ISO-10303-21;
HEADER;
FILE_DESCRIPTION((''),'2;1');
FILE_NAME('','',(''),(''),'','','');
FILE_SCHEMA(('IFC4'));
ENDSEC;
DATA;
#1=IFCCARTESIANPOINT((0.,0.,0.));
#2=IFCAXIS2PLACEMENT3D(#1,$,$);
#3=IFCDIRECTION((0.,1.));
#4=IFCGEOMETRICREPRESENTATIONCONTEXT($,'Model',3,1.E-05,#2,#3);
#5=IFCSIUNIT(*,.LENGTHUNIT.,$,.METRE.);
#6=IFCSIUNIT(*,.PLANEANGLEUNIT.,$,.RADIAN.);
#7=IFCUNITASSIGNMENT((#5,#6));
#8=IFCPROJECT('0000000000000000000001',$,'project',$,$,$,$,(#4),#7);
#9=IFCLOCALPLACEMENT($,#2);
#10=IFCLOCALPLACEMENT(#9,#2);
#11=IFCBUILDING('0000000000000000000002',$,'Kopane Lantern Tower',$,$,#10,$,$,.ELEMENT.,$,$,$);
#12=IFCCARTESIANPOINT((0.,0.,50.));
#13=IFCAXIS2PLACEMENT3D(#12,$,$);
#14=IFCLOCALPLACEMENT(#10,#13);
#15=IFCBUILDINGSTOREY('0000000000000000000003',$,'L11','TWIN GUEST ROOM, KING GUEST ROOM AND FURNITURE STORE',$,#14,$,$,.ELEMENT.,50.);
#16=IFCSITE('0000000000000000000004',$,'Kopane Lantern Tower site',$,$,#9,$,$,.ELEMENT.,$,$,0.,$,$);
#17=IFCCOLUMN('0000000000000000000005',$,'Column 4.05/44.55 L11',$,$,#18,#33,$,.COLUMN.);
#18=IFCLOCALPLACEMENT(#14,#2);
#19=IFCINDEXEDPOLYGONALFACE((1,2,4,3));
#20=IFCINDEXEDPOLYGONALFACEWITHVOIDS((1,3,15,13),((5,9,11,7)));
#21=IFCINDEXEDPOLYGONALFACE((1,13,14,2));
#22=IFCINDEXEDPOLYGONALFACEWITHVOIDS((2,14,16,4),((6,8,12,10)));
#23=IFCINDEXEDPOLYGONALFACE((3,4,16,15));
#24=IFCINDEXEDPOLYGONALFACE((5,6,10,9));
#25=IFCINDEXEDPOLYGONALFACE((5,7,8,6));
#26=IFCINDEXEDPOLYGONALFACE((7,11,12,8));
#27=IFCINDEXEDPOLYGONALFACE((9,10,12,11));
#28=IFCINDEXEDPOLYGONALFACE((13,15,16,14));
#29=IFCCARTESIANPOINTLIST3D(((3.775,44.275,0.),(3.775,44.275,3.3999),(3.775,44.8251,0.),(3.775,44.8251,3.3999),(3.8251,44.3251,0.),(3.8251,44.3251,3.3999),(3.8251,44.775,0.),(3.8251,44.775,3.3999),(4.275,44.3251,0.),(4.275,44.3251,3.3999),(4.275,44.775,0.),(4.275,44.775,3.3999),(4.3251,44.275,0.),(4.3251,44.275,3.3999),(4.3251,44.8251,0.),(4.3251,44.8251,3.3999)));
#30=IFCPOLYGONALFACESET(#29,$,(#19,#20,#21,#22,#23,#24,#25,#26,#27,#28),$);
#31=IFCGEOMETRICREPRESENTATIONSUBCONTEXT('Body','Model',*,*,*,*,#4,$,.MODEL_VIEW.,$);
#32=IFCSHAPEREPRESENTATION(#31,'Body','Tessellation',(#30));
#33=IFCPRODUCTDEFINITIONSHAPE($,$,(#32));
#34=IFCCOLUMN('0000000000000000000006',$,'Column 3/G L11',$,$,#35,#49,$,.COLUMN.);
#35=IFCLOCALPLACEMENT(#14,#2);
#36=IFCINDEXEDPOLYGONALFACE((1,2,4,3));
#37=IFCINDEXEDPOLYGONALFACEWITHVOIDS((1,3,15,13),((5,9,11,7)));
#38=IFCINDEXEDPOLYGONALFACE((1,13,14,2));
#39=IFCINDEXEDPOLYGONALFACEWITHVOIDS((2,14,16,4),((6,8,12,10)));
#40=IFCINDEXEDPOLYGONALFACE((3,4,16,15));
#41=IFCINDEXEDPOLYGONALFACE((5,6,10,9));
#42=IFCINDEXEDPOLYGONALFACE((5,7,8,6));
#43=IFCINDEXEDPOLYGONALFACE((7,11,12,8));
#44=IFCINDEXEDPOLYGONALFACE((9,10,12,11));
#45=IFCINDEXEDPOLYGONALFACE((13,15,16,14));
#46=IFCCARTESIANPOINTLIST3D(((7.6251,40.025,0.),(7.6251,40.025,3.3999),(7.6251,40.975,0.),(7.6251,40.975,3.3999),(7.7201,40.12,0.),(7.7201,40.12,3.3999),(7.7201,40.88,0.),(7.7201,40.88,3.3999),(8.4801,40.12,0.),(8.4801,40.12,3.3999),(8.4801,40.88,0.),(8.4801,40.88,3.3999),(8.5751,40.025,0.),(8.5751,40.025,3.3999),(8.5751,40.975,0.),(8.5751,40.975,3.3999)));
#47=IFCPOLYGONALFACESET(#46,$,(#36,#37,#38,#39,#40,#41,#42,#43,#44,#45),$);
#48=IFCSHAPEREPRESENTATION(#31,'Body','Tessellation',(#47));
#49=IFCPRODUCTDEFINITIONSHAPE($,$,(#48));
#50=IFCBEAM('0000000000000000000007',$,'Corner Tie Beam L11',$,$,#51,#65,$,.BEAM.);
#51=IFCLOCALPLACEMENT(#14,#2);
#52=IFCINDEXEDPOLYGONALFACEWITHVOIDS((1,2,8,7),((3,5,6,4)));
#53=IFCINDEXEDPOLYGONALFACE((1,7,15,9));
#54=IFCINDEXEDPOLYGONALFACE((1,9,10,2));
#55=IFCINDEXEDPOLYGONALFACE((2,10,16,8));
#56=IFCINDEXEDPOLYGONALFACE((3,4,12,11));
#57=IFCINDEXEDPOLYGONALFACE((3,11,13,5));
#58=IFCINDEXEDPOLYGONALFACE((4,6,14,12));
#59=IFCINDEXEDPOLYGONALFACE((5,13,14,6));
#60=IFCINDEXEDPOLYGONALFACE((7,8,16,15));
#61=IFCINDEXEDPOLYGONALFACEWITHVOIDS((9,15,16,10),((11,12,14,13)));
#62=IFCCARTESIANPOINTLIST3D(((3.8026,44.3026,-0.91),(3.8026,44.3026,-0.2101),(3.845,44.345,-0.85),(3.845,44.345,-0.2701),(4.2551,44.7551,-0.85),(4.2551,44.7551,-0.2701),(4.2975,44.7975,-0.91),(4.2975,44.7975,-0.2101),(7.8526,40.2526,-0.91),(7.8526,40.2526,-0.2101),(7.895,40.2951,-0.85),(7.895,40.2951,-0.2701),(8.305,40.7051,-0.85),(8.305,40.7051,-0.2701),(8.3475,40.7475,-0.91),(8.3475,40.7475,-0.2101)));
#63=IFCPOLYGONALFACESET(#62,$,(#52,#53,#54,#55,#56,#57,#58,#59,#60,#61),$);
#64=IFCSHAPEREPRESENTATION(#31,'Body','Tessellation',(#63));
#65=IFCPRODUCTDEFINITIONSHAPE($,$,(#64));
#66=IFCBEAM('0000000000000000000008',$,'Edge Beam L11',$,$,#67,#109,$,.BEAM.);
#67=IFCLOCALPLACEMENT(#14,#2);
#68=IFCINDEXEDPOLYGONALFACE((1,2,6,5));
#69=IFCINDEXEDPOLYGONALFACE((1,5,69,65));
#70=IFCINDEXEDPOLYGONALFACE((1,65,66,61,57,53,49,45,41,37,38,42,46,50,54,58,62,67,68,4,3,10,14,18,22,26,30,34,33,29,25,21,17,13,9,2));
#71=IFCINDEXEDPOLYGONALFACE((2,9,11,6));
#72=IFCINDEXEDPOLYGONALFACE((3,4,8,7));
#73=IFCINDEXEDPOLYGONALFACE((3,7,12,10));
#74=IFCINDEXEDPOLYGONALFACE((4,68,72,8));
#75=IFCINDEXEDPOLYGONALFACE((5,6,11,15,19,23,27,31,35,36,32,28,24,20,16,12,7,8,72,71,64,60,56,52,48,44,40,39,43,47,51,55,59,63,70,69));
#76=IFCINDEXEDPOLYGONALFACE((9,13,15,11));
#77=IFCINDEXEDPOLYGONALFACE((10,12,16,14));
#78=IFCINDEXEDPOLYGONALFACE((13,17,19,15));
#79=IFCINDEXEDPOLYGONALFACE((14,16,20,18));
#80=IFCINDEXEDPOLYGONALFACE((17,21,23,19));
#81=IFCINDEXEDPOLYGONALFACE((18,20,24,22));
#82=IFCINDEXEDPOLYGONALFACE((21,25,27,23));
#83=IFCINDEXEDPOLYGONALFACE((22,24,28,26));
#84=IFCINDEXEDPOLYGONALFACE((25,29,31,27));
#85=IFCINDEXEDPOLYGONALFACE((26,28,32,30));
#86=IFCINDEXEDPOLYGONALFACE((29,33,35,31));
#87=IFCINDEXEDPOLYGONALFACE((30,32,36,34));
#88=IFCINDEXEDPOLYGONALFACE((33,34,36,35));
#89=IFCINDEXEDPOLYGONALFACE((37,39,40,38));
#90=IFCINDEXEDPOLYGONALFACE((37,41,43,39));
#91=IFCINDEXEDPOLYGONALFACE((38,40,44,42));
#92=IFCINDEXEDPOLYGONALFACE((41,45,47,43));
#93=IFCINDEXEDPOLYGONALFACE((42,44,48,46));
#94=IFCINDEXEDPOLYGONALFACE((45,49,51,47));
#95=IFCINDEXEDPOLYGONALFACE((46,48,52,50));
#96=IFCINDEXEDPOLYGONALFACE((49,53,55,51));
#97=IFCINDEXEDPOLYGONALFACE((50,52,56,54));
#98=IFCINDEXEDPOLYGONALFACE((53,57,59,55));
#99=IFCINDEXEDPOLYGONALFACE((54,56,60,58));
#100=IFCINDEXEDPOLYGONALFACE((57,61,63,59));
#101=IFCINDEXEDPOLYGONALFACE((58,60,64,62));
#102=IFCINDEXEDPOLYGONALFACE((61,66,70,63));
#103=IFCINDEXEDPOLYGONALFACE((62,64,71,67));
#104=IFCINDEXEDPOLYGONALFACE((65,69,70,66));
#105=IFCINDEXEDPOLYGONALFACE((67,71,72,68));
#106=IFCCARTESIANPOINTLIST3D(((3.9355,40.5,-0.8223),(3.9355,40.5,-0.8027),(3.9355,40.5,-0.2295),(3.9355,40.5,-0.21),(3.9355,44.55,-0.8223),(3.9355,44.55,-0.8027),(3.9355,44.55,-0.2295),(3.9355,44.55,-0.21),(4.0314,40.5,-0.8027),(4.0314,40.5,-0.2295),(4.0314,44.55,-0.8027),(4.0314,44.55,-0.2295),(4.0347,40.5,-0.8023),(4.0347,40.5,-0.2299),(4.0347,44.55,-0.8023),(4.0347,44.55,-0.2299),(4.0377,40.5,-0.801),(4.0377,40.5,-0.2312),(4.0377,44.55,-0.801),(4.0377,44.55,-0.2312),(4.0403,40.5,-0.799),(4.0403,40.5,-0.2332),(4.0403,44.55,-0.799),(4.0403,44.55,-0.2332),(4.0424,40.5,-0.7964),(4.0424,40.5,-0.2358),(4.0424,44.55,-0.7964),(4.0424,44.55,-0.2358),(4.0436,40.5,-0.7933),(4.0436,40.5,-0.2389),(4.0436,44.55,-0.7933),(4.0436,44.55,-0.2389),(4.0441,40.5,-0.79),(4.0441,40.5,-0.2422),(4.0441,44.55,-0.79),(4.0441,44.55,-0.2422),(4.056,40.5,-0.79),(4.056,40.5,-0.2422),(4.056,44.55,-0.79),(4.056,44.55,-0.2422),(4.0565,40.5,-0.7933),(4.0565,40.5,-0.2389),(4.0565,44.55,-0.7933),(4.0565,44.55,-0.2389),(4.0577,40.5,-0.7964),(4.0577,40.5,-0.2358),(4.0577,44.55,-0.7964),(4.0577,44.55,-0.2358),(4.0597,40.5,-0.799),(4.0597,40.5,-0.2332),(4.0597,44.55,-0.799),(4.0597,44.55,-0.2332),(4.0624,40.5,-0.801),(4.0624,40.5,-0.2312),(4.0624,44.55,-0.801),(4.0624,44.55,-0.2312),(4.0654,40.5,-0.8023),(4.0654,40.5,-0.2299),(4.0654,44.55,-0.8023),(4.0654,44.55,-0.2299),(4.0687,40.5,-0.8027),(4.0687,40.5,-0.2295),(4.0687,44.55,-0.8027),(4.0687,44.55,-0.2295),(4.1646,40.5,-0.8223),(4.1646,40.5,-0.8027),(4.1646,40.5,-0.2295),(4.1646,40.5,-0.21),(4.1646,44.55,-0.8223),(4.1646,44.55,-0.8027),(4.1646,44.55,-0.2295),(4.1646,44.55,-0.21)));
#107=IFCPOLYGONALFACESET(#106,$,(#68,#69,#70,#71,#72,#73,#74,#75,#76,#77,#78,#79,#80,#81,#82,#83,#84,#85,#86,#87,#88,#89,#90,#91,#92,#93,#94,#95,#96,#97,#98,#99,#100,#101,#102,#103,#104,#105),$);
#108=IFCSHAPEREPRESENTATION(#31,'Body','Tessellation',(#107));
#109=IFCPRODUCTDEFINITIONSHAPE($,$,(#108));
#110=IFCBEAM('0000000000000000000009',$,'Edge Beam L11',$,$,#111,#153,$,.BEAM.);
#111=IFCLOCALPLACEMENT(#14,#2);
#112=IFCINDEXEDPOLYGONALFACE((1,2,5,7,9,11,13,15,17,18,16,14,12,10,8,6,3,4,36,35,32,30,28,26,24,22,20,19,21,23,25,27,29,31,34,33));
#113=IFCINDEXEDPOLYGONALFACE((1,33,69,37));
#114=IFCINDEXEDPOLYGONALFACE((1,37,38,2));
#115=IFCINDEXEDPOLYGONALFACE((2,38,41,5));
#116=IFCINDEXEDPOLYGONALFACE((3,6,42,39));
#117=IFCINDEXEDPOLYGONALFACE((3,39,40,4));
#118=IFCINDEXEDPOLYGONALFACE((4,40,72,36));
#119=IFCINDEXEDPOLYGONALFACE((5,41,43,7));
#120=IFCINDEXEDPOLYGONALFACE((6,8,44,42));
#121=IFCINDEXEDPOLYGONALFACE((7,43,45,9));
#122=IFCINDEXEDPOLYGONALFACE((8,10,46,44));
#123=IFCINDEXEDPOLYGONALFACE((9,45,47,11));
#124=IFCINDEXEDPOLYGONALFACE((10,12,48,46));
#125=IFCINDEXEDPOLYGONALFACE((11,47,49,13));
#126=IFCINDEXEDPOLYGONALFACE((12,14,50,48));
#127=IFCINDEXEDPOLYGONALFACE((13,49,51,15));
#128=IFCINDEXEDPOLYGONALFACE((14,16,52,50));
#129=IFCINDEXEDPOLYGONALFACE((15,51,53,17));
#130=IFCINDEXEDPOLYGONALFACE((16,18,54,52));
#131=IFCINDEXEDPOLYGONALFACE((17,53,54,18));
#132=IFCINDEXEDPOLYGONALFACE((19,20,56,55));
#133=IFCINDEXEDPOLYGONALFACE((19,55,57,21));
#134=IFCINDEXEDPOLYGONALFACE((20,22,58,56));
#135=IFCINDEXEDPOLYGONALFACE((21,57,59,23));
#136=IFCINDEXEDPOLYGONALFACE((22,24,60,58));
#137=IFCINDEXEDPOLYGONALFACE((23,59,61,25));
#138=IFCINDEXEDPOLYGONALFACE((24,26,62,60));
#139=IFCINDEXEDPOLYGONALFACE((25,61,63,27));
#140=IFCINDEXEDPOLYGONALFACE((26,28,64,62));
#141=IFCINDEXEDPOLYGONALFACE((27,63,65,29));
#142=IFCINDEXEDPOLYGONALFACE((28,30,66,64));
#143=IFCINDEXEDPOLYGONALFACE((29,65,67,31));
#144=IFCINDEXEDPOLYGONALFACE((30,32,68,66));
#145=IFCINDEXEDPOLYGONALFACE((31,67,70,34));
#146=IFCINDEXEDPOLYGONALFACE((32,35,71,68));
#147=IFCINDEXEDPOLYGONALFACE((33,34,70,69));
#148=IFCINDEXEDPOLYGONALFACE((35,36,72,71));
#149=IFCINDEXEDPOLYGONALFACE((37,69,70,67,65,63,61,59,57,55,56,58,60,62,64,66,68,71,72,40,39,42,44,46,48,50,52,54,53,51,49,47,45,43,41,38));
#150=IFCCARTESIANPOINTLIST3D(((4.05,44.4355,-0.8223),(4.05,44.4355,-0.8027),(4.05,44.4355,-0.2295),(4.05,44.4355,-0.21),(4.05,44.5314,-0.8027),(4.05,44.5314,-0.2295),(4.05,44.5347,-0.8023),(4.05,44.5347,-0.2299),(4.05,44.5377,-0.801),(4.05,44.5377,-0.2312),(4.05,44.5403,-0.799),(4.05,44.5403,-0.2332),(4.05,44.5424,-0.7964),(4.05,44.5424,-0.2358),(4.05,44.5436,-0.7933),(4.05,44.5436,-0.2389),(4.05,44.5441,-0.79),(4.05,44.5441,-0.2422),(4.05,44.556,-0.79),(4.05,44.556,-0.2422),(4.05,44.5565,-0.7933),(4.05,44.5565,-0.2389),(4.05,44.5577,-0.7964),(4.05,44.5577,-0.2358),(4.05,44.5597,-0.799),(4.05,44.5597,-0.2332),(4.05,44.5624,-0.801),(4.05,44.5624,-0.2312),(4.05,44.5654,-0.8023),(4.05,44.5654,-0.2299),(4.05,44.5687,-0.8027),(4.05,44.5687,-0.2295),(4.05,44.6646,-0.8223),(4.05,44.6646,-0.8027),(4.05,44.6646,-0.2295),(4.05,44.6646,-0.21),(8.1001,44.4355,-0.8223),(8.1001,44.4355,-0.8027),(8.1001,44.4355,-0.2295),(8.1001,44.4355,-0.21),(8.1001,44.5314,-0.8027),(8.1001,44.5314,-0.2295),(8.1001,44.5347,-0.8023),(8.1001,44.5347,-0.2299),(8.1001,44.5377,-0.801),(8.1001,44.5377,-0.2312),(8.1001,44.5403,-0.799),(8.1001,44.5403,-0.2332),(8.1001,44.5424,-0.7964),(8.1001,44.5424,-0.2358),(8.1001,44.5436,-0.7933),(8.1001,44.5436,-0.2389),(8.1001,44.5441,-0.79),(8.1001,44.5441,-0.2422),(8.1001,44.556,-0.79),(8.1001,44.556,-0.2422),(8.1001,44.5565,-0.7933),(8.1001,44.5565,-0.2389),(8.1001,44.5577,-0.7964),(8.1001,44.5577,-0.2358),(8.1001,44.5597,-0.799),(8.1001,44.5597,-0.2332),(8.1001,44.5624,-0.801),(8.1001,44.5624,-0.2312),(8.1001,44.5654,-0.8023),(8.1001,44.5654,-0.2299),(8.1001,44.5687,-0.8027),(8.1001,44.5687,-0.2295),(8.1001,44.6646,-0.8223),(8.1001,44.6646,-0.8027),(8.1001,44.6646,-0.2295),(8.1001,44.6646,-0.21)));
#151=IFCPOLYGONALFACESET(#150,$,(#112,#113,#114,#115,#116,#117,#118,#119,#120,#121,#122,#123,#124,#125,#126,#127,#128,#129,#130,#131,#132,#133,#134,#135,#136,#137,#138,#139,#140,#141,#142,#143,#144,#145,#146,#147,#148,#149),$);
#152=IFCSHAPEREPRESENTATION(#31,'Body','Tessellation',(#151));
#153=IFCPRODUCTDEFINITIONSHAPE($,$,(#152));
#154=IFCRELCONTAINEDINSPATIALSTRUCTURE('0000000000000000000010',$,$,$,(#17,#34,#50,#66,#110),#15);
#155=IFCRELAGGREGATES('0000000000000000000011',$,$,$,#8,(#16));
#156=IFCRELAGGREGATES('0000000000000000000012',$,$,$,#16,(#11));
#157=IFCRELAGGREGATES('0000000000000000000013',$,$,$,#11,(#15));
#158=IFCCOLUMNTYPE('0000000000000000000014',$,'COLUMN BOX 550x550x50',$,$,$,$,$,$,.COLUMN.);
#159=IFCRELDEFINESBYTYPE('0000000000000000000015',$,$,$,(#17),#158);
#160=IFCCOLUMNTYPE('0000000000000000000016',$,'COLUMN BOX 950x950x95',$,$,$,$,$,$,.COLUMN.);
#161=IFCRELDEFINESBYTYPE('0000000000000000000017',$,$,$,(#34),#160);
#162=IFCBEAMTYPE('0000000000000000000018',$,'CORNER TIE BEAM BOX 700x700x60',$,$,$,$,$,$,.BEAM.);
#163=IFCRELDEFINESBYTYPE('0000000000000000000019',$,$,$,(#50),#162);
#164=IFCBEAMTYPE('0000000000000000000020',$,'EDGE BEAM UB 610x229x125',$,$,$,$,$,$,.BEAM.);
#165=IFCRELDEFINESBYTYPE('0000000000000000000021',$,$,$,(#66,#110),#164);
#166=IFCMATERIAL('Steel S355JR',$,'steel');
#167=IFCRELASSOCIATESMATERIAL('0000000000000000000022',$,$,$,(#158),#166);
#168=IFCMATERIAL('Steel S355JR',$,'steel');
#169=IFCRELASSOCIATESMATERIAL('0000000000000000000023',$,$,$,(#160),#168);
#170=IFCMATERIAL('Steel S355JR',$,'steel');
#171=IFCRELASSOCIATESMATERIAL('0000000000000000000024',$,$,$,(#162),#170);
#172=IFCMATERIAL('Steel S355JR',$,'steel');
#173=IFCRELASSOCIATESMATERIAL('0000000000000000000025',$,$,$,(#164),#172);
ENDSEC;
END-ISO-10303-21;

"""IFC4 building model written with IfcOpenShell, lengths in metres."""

from ifc_helpers import new_model, si_unit, direction, frame, origin, origin_2d, place, context, subcontext, project, spatial, hollow_rectangle, i_section, extrude, material, material_profile, profile_set, type_object, element, save


model = new_model("IFC4")

# Units and contexts
model_context = context("Model", 3, precision=1e-05, world=origin(), true_north=direction((0.0, 1.0)))
body_context = subcontext(model_context, "Body", "Model", "MODEL_VIEW")
ifc_project = project(units=[si_unit("LENGTHUNIT", "METRE"), si_unit("PLANEANGLEUNIT", "RADIAN")], contexts=[model_context])

# Site, building, storey
site_placement = place(None, origin())
site = spatial("IfcSite", under=ifc_project, at=site_placement, Name="Kopane Lantern Tower site", CompositionType="ELEMENT", RefElevation=0.0)
building_placement = place(site_placement, origin())
building = spatial("IfcBuilding", under=site, at=building_placement, Name="Kopane Lantern Tower", CompositionType="ELEMENT")
storey_placement = place(building_placement, frame((0.0, 0.0, 50.0)))
storey = spatial("IfcBuildingStorey", under=building, at=storey_placement, Name="L11", Description="TWIN GUEST ROOM, KING GUEST ROOM AND FURNITURE STORE", CompositionType="ELEMENT", Elevation=50.0)

# Columns
ifc_material_1 = material(Name="Steel S355JR", Category="steel")
ifc_material_profile_1 = material_profile(ifc_material_1, hollow_rectangle(XDim=0.55, YDim=0.55, WallThickness=0.05, at=origin_2d()), Name="BOX 550x550x50")
ifc_profile_set_1 = profile_set([ifc_material_profile_1], Name="Steel S355JR")
column_type_1 = type_object("IfcColumnType", Name="COLUMN BOX 550x550x50", PredefinedType="COLUMN", material=ifc_profile_set_1)
column_1_placement = place(storey_placement, frame((4.05, 44.55, 0.0), z_axis=(0.0, 0.0, 1.0), x_axis=(1.0, 0.0, 0.0)))
element("IfcColumn", 1, at=column_1_placement, inside=storey, type_object=column_type_1, Name="Column 4.05/44.55 L11", PredefinedType="COLUMN", context=body_context, shape_type="SweptSolid", body=[
    extrude(hollow_rectangle(XDim=0.55, YDim=0.55, WallThickness=0.05, at=origin_2d()), origin(), (0.0, 0.0, 1.0), 3.3999),
])
ifc_material_2 = material(Name="Steel S355JR", Category="steel")
ifc_material_profile_2 = material_profile(ifc_material_2, hollow_rectangle(XDim=0.95, YDim=0.95, WallThickness=0.095, at=origin_2d()), Name="BOX 950x950x95")
ifc_profile_set_2 = profile_set([ifc_material_profile_2], Name="Steel S355JR")
column_type_2 = type_object("IfcColumnType", Name="COLUMN BOX 950x950x95", PredefinedType="COLUMN", material=ifc_profile_set_2)
column_2_placement = place(storey_placement, frame((8.1001, 40.5, 0.0), z_axis=(0.0, 0.0, 1.0), x_axis=(1.0, 0.0, 0.0)))
element("IfcColumn", 2, at=column_2_placement, inside=storey, type_object=column_type_2, Name="Column 3/G L11", PredefinedType="COLUMN", context=body_context, shape_type="SweptSolid", body=[
    extrude(hollow_rectangle(XDim=0.95, YDim=0.95, WallThickness=0.095, at=origin_2d()), origin(), (0.0, 0.0, 1.0), 3.3999),
])

# Beams
ifc_material_3 = material(Name="Steel S355JR", Category="steel")
ifc_material_profile_3 = material_profile(ifc_material_3, hollow_rectangle(XDim=0.7, YDim=0.7, WallThickness=0.0601, at=origin_2d()), Name="BOX 700x700x60")
ifc_profile_set_3 = profile_set([ifc_material_profile_3], Name="Steel S355JR")
beam_type_1 = type_object("IfcBeamType", Name="CORNER TIE BEAM BOX 700x700x60", PredefinedType="BEAM", material=ifc_profile_set_3)
beam_1_placement = place(storey_placement, frame((4.05, 44.55, -0.5601), z_axis=(0.707107, -0.707107, 0.0), x_axis=(0.707107, 0.707107, 0.0)))
element("IfcBeam", 3, at=beam_1_placement, inside=storey, type_object=beam_type_1, Name="Corner Tie Beam L11", PredefinedType="BEAM", context=body_context, shape_type="SweptSolid", body=[
    extrude(hollow_rectangle(XDim=0.7, YDim=0.7, WallThickness=0.0601, at=origin_2d()), origin(), (0.0, 0.0, 1.0), 5.7275),
])
ifc_material_4 = material(Name="Steel S355JR", Category="steel")
ifc_material_profile_4 = material_profile(ifc_material_4, i_section(OverallWidth=0.229, OverallDepth=0.6123, WebThickness=0.012, FlangeThickness=0.0195, FilletRadius=0.0127, at=origin_2d()), Name="UB 610x229x125")
ifc_profile_set_4 = profile_set([ifc_material_profile_4], Name="Steel S355JR")
beam_type_2 = type_object("IfcBeamType", Name="EDGE BEAM UB 610x229x125", PredefinedType="BEAM", material=ifc_profile_set_4)
for number, where, z_axis, x_axis, name in (
    (4, (4.05, 44.55, -0.5161), (0.0, -1.0, 0.0), (1.0, 0.0, 0.0), "Edge Beam L11"),
    (5, (4.05, 44.55, -0.5161), (1.0, 0.0, 0.0), (0.0, 1.0, 0.0), "Edge Beam L11"),
):
    element("IfcBeam", number, at=place(storey_placement, frame(where, z_axis=z_axis, x_axis=x_axis)), inside=storey, type_object=beam_type_2, Name=name, PredefinedType="BEAM", context=body_context, shape_type="SweptSolid", body=[
        extrude(i_section(OverallWidth=0.229, OverallDepth=0.6123, WebThickness=0.012, FlangeThickness=0.0195, FilletRadius=0.0127, at=origin_2d()), origin(), (0.0, 0.0, 1.0), 4.05),
    ])

save(model, "model.ifc")
